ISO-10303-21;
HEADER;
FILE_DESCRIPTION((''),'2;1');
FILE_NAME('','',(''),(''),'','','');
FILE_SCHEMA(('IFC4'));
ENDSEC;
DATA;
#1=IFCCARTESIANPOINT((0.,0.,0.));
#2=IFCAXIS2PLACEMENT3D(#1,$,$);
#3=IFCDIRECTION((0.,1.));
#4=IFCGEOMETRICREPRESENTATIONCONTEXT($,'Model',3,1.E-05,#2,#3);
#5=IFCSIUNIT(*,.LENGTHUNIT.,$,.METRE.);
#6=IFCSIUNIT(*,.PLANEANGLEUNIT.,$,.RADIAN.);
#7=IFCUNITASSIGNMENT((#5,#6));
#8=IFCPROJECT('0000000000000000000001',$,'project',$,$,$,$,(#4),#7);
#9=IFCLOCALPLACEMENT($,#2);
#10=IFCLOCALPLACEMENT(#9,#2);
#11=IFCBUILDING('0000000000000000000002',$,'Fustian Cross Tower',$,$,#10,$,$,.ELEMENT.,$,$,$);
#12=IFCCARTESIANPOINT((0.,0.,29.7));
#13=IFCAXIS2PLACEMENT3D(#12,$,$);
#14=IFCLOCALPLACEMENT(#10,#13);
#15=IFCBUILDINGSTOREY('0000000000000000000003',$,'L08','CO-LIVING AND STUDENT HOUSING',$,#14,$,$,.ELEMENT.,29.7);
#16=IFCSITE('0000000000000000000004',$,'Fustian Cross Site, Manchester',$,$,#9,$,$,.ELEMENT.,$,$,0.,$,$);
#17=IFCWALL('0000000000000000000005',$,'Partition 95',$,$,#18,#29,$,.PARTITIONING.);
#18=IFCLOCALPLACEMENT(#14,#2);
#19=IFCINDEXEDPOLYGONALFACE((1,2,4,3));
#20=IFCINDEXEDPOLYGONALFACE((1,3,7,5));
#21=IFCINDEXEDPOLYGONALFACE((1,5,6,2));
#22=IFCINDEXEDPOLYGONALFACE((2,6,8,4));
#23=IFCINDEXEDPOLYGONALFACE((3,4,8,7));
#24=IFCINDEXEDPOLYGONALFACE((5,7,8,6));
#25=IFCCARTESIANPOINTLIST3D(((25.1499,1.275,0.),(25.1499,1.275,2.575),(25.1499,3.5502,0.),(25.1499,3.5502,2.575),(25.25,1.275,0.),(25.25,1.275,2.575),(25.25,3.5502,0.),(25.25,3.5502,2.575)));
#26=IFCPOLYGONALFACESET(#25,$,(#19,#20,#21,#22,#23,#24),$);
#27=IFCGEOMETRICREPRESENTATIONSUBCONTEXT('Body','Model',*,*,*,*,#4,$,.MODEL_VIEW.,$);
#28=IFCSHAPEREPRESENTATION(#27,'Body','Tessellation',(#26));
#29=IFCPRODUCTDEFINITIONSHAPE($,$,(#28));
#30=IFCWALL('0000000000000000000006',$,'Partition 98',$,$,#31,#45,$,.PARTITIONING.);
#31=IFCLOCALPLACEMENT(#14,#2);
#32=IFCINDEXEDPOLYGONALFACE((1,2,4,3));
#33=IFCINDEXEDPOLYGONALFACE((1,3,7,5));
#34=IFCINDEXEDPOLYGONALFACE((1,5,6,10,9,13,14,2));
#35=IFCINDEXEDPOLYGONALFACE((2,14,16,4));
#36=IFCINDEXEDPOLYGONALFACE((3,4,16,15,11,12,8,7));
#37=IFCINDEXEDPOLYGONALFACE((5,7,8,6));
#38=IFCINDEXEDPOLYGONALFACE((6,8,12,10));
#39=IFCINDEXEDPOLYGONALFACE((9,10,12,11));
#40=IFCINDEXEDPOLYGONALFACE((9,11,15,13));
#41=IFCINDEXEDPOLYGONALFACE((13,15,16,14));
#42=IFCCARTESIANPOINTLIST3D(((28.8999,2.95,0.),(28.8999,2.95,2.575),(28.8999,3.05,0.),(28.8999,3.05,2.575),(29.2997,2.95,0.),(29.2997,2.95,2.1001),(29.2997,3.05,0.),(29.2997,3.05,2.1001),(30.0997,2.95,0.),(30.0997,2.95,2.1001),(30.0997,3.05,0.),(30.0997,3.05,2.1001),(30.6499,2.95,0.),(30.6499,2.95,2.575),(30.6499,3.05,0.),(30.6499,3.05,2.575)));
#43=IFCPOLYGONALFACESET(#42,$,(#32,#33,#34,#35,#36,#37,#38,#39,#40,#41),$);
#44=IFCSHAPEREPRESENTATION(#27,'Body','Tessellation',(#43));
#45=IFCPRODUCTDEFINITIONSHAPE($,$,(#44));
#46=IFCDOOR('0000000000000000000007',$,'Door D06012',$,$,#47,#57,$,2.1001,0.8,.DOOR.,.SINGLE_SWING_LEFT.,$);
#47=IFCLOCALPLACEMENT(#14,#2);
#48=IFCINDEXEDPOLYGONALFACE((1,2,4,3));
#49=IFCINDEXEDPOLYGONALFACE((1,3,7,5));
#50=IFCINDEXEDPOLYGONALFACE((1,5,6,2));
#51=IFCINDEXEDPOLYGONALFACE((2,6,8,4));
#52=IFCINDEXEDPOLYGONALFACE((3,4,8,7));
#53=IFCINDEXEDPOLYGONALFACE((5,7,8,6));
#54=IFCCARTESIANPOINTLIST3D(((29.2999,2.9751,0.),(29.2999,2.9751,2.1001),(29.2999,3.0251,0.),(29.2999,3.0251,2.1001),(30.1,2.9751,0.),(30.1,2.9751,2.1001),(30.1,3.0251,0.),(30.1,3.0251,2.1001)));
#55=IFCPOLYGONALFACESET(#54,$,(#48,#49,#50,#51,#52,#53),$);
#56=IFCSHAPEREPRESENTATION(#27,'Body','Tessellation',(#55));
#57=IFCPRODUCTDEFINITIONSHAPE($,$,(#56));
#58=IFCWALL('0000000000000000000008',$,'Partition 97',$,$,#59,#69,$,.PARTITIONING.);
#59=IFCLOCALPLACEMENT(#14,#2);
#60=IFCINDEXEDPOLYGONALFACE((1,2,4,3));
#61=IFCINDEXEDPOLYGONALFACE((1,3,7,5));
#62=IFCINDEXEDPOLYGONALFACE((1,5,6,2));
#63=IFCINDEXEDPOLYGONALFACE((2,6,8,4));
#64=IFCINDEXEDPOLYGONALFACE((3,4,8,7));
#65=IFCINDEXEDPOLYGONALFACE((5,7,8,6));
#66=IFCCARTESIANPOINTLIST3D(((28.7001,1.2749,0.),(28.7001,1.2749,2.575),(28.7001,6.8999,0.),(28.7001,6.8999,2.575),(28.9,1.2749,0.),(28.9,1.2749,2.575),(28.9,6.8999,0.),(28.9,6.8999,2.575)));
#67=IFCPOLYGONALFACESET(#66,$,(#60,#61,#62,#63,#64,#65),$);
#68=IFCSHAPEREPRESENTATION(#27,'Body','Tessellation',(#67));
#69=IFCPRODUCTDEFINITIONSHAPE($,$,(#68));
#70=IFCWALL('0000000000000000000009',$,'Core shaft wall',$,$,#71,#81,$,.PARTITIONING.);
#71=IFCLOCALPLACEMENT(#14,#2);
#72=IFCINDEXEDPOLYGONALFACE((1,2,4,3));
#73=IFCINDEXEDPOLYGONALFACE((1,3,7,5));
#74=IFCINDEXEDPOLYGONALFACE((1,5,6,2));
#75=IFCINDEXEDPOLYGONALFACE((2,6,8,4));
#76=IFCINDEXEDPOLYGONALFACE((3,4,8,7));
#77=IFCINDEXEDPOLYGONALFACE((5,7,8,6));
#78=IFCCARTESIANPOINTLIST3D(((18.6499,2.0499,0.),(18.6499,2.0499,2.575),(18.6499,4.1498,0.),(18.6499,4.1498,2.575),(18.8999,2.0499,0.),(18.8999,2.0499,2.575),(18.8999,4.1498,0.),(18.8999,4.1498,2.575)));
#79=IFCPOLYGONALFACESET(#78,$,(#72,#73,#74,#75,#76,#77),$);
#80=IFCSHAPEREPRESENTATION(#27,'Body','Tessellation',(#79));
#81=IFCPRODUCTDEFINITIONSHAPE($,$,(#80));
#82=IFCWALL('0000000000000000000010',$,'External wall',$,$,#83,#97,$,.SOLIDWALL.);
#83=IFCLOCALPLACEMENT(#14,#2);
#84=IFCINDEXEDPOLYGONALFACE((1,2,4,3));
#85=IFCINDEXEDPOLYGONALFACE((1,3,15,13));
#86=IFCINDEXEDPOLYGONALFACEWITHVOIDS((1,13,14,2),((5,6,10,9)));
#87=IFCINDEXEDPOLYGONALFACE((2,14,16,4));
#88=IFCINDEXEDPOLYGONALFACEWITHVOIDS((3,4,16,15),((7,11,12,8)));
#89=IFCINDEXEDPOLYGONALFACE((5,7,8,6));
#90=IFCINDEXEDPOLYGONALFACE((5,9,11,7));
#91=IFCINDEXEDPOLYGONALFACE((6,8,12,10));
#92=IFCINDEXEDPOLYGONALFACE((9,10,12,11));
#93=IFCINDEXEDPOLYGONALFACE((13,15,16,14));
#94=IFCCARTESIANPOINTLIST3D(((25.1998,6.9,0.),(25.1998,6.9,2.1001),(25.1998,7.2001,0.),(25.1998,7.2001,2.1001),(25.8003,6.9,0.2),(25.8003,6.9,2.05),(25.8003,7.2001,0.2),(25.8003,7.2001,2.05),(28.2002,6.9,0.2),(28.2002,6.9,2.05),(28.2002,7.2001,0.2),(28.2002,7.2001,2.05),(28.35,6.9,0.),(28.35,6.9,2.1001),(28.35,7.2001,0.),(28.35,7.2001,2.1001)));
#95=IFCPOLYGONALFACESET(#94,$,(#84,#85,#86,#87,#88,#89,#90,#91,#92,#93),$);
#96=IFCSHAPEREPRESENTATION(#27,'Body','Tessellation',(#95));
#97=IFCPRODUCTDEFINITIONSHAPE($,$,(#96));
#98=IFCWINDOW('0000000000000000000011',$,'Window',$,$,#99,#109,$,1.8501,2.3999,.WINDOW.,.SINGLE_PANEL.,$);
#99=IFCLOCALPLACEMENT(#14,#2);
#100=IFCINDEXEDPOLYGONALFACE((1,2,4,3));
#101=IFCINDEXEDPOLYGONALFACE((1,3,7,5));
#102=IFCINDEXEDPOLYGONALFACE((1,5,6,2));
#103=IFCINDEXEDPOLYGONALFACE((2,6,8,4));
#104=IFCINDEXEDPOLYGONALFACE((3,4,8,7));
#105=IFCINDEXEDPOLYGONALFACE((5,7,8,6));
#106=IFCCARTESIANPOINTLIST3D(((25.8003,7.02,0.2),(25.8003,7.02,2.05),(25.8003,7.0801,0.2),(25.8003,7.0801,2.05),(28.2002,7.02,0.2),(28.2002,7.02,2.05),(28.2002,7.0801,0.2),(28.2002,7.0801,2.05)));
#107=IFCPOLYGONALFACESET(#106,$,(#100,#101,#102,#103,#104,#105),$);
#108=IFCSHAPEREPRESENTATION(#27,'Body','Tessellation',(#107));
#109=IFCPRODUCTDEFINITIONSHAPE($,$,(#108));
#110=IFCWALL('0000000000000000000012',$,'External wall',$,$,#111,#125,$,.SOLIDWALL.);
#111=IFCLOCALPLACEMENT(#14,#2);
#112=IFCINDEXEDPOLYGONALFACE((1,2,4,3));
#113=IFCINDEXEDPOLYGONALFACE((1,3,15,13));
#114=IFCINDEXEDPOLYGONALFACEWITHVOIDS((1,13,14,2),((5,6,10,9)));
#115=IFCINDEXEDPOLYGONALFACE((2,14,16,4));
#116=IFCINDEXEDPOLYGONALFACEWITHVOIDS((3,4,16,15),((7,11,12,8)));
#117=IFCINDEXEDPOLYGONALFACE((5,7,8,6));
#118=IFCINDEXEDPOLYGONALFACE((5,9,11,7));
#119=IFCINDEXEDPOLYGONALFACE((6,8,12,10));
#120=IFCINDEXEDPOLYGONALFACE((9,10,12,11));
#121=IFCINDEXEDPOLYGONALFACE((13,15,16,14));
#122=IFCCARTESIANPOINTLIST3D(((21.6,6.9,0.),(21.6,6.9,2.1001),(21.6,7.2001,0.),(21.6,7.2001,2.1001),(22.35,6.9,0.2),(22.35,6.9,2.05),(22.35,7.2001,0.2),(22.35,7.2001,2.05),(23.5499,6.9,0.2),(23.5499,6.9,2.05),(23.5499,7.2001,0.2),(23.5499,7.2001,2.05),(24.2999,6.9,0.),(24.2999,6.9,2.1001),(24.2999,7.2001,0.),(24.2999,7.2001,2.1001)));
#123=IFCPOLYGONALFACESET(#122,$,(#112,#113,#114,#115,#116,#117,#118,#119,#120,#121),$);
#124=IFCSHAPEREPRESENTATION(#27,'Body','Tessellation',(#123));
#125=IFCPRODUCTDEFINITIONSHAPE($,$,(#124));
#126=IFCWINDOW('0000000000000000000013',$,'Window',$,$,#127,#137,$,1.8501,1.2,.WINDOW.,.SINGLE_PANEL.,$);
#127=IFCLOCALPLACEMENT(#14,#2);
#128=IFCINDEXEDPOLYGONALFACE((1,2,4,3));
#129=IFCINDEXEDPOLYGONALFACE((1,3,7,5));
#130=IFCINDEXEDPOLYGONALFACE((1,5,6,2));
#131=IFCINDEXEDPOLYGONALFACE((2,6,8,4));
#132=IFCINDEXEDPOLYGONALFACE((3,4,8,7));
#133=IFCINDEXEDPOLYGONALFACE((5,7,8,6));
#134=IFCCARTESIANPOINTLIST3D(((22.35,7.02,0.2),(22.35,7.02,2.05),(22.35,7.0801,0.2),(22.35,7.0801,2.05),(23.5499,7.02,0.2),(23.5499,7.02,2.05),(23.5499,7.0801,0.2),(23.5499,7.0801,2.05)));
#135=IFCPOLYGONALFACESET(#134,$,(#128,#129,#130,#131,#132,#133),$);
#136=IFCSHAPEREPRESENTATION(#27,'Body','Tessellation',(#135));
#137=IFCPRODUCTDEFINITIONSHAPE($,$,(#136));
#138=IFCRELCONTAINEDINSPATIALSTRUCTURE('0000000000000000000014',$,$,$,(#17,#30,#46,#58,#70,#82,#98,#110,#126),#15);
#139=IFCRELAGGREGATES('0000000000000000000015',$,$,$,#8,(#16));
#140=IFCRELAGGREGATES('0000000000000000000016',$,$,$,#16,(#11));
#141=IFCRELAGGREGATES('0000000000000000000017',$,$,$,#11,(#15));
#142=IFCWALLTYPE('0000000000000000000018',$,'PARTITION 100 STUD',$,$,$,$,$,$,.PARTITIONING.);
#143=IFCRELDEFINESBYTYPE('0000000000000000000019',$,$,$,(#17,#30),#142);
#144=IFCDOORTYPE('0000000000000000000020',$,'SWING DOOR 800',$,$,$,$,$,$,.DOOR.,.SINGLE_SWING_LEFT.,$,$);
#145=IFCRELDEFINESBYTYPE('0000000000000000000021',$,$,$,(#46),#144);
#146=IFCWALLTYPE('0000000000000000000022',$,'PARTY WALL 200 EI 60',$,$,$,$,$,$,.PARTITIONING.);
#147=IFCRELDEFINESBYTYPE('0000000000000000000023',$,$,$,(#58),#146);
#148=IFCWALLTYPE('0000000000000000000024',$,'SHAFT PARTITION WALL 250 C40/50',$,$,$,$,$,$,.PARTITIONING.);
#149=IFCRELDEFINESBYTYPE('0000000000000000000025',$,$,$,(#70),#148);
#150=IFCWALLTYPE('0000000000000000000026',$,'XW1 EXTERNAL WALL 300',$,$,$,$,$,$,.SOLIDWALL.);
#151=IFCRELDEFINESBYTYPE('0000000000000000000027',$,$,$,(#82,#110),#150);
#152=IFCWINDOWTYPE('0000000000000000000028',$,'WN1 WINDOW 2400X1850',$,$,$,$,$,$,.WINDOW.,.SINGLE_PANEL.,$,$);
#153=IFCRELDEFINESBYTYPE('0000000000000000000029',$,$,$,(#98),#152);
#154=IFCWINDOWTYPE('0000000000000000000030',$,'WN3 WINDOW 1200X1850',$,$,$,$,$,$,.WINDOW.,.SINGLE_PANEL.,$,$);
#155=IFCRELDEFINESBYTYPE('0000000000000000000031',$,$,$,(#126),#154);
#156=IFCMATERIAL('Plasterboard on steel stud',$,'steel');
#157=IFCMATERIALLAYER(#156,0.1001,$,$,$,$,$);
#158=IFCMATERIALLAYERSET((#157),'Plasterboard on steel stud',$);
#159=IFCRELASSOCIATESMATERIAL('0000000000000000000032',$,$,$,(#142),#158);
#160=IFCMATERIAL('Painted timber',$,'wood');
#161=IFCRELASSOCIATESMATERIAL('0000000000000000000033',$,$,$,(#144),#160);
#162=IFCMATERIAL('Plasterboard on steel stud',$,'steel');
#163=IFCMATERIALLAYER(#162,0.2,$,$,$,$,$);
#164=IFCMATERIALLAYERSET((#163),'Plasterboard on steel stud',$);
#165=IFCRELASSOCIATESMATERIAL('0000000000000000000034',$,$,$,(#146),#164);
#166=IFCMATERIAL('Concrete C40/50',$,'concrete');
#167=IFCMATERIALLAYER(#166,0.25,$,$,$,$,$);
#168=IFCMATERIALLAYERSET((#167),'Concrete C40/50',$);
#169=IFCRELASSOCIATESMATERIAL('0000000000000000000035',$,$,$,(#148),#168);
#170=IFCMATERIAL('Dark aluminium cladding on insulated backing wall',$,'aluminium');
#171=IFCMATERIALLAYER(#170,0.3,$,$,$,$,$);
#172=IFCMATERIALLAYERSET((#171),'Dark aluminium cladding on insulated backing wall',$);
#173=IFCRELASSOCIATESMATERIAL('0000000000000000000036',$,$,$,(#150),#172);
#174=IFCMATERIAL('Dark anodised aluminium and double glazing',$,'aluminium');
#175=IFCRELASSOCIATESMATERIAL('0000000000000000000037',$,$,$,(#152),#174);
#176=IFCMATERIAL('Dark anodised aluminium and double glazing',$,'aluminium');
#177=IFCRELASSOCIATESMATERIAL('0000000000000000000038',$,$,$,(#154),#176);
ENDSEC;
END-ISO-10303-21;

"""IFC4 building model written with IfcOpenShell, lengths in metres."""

from ifc_helpers import new_model, si_unit, direction, frame, frame_2d, origin, place, context, subcontext, project, spatial, rectangle, extrude, material, layer, layer_set, type_object, element, fill, save


model = new_model("IFC4")

# Units and contexts
model_context = context("Model", 3, precision=1e-05, world=origin(), true_north=direction((0.0, 1.0)))
body_context = subcontext(model_context, "Body", "Model", "MODEL_VIEW")
ifc_project = project(units=[si_unit("LENGTHUNIT", "METRE"), si_unit("PLANEANGLEUNIT", "RADIAN")], contexts=[model_context])

# Site, building, storey
site_placement = place(None, origin())
site = spatial("IfcSite", under=ifc_project, at=site_placement, Name="Fustian Cross Site, Manchester", CompositionType="ELEMENT", RefElevation=0.0)
building_placement = place(site_placement, origin())
building = spatial("IfcBuilding", under=site, at=building_placement, Name="Fustian Cross Tower", CompositionType="ELEMENT")
storey_placement = place(building_placement, frame((0.0, 0.0, 29.7)))
storey = spatial("IfcBuildingStorey", under=building, at=storey_placement, Name="L08", Description="CO-LIVING AND STUDENT HOUSING", CompositionType="ELEMENT", Elevation=29.7)

# Shared definitions
ifc_material_1 = material(Name="Plasterboard on steel stud", Category="steel")
ifc_layer_1 = layer(ifc_material_1, 0.1001)
ifc_layer_set_1 = layer_set([ifc_layer_1], Name="Plasterboard on steel stud")
wall_type_1 = type_object("IfcWallType", Name="PARTITION 100 STUD", PredefinedType="PARTITIONING", material=ifc_layer_set_1)
ifc_material_2 = material(Name="Painted timber", Category="wood")
door_type_1 = type_object("IfcDoorType", Name="SWING DOOR 800", OperationType="SINGLE_SWING_LEFT", PredefinedType="DOOR", material=ifc_material_2)

# Wall
wall_1_placement = place(storey_placement, frame((25.2, 1.2749, 0.0), z_axis=(0.0, 0.0, 1.0), x_axis=(0.0, 1.0, 0.0)))
element("IfcWall", 1, at=wall_1_placement, inside=storey, type_object=wall_type_1, Name="Partition 95", PredefinedType="PARTITIONING", context=body_context, shape_type="SweptSolid", body=[
    extrude(rectangle(XDim=2.2751, YDim=0.1001, at=frame_2d((1.1377, 0.0))), origin(), (0.0, 0.0, 1.0), 2.575),
])

# Wall, opening, door
wall_2_placement = place(storey_placement, frame((28.8999, 3.0, 0.0), z_axis=(0.0, 0.0, 1.0), x_axis=(1.0, 0.0, 0.0)))
wall_2 = element("IfcWall", 2, at=wall_2_placement, inside=storey, type_object=wall_type_1, Name="Partition 98", PredefinedType="PARTITIONING", context=body_context, shape_type="SweptSolid", body=[
    extrude(rectangle(XDim=1.75, YDim=0.1001, at=frame_2d((0.875, 0.0))), origin(), (0.0, 0.0, 1.0), 2.575),
])
opening_1_placement = place(wall_2_placement, frame((0.3999, 0.0, 0.0)))
opening_1 = element("IfcOpeningElement", 3, at=opening_1_placement, cuts=wall_2, PredefinedType="OPENING", context=body_context, shape_type="SweptSolid", body=[
    extrude(rectangle(XDim=0.8, YDim=2.1001, at=frame_2d((0.3999, 1.05))), frame((0.0, 0.0601, 0.0), z_axis=(0.0, -1.0, 0.0), x_axis=(1.0, 0.0, 0.0)), (0.0, 0.0, 1.0), 0.1201),
])
door_1_placement = place(opening_1_placement, frame((0.8, 0.0, 0.0), z_axis=(0.0, 0.0, 1.0), x_axis=(-1.0, 0.0, 0.0)))
door_1 = element("IfcDoor", 4, at=door_1_placement, inside=storey, type_object=door_type_1, Name="Door D06012", OperationType="SINGLE_SWING_LEFT", OverallHeight=2.1001, OverallWidth=0.8, PredefinedType="DOOR", context=body_context, shape_type="SweptSolid", body=[
    extrude(rectangle(XDim=0.8, YDim=2.1001, at=frame_2d((0.3999, 1.05))), frame((0.0, 0.0249, 0.0), z_axis=(0.0, -1.0, 0.0), x_axis=(1.0, 0.0, 0.0)), (0.0, 0.0, 1.0), 0.05),
])
fill(opening_1, door_1)

# Walls
ifc_material_3 = material(Name="Plasterboard on steel stud", Category="steel")
ifc_layer_2 = layer(ifc_material_3, 0.2)
ifc_layer_set_2 = layer_set([ifc_layer_2], Name="Plasterboard on steel stud")
wall_type_2 = type_object("IfcWallType", Name="PARTY WALL 200 EI 60", PredefinedType="PARTITIONING", material=ifc_layer_set_2)
wall_3_placement = place(storey_placement, frame((28.8, 1.2749, 0.0), z_axis=(0.0, 0.0, 1.0), x_axis=(0.0, 1.0, 0.0)))
element("IfcWall", 5, at=wall_3_placement, inside=storey, type_object=wall_type_2, Name="Partition 97", PredefinedType="PARTITIONING", context=body_context, shape_type="SweptSolid", body=[
    extrude(rectangle(XDim=5.625, YDim=0.2, at=frame_2d((2.8125, 0.0))), origin(), (0.0, 0.0, 1.0), 2.575),
])
ifc_material_4 = material(Name="Concrete C40/50", Category="concrete")
ifc_layer_3 = layer(ifc_material_4, 0.25)
ifc_layer_set_3 = layer_set([ifc_layer_3], Name="Concrete C40/50")
wall_type_3 = type_object("IfcWallType", Name="SHAFT PARTITION WALL 250 C40/50", PredefinedType="PARTITIONING", material=ifc_layer_set_3)
wall_4_placement = place(storey_placement, frame((18.7749, 2.05, 0.0), z_axis=(0.0, 0.0, 1.0), x_axis=(0.0, 1.0, 0.0)))
element("IfcWall", 6, at=wall_4_placement, inside=storey, type_object=wall_type_3, Name="Core shaft wall", PredefinedType="PARTITIONING", context=body_context, shape_type="SweptSolid", body=[
    extrude(rectangle(XDim=2.0999, YDim=0.25, at=frame_2d((1.0498, 0.0))), origin(), (0.0, 0.0, 1.0), 2.575),
])

# Walls, openings, windows
ifc_material_5 = material(Name="Dark aluminium cladding on insulated backing wall", Category="aluminium")
ifc_layer_4 = layer(ifc_material_5, 0.3)
ifc_layer_set_4 = layer_set([ifc_layer_4], Name="Dark aluminium cladding on insulated backing wall")
wall_type_4 = type_object("IfcWallType", Name="XW1 EXTERNAL WALL 300", PredefinedType="SOLIDWALL", material=ifc_layer_set_4)
wall_5_placement = place(storey_placement, frame((28.3501, 7.05, 0.0), z_axis=(0.0, 0.0, 1.0), x_axis=(-1.0, 0.0, 0.0)))
wall_5 = element("IfcWall", 7, at=wall_5_placement, inside=storey, type_object=wall_type_4, Name="External wall", PredefinedType="SOLIDWALL", context=body_context, shape_type="SweptSolid", body=[
    extrude(rectangle(XDim=3.1501, YDim=0.3, at=frame_2d((1.5752, 0.0))), origin(), (0.0, 0.0, 1.0), 2.1001),
])
opening_2_placement = place(wall_5_placement, frame((0.1499, 0.0, 0.2)))
opening_2 = element("IfcOpeningElement", 8, at=opening_2_placement, cuts=wall_5, PredefinedType="OPENING", context=body_context, shape_type="SweptSolid", body=[
    extrude(rectangle(XDim=2.3999, YDim=1.8501, at=frame_2d((1.2, 0.925))), frame((0.0, 0.1599, 0.0), z_axis=(0.0, -1.0, 0.0), x_axis=(1.0, 0.0, 0.0)), (0.0, 0.0, 1.0), 0.3201),
])
ifc_material_6 = material(Name="Dark anodised aluminium and double glazing", Category="aluminium")
window_type_1 = type_object("IfcWindowType", Name="WN1 WINDOW 2400X1850", PartitioningType="SINGLE_PANEL", PredefinedType="WINDOW", material=ifc_material_6)
window_1_placement = place(opening_2_placement, origin())
window_1 = element("IfcWindow", 9, at=window_1_placement, inside=storey, type_object=window_type_1, Name="Window", OverallHeight=1.8501, OverallWidth=2.3999, PartitioningType="SINGLE_PANEL", PredefinedType="WINDOW", context=body_context, shape_type="SweptSolid", body=[
    extrude(rectangle(XDim=2.3999, YDim=1.8501, at=frame_2d((1.2, 0.925))), frame((0.0, 0.03, 0.0), z_axis=(0.0, -1.0, 0.0), x_axis=(1.0, 0.0, 0.0)), (0.0, 0.0, 1.0), 0.0601),
])
fill(opening_2, window_1)
wall_6_placement = place(storey_placement, frame((24.3, 7.05, 0.0), z_axis=(0.0, 0.0, 1.0), x_axis=(-1.0, 0.0, 0.0)))
wall_6 = element("IfcWall", 10, at=wall_6_placement, inside=storey, type_object=wall_type_4, Name="External wall", PredefinedType="SOLIDWALL", context=body_context, shape_type="SweptSolid", body=[
    extrude(rectangle(XDim=2.7, YDim=0.3, at=frame_2d((1.3501, 0.0))), origin(), (0.0, 0.0, 1.0), 2.1001),
])
opening_3_placement = place(wall_6_placement, frame((0.75, 0.0, 0.2)))
opening_3 = element("IfcOpeningElement", 11, at=opening_3_placement, cuts=wall_6, PredefinedType="OPENING", context=body_context, shape_type="SweptSolid", body=[
    extrude(rectangle(XDim=1.2, YDim=1.8501, at=frame_2d((0.6001, 0.925))), frame((0.0, 0.1599, 0.0), z_axis=(0.0, -1.0, 0.0), x_axis=(1.0, 0.0, 0.0)), (0.0, 0.0, 1.0), 0.3201),
])
ifc_material_7 = material(Name="Dark anodised aluminium and double glazing", Category="aluminium")
window_type_2 = type_object("IfcWindowType", Name="WN3 WINDOW 1200X1850", PartitioningType="SINGLE_PANEL", PredefinedType="WINDOW", material=ifc_material_7)
window_2_placement = place(opening_3_placement, origin())
window_2 = element("IfcWindow", 12, at=window_2_placement, inside=storey, type_object=window_type_2, Name="Window", OverallHeight=1.8501, OverallWidth=1.2, PartitioningType="SINGLE_PANEL", PredefinedType="WINDOW", context=body_context, shape_type="SweptSolid", body=[
    extrude(rectangle(XDim=1.2, YDim=1.8501, at=frame_2d((0.6001, 0.925))), frame((0.0, 0.03, 0.0), z_axis=(0.0, -1.0, 0.0), x_axis=(1.0, 0.0, 0.0)), (0.0, 0.0, 1.0), 0.0601),
])
fill(opening_3, window_2)

save(model, "model.ifc")
